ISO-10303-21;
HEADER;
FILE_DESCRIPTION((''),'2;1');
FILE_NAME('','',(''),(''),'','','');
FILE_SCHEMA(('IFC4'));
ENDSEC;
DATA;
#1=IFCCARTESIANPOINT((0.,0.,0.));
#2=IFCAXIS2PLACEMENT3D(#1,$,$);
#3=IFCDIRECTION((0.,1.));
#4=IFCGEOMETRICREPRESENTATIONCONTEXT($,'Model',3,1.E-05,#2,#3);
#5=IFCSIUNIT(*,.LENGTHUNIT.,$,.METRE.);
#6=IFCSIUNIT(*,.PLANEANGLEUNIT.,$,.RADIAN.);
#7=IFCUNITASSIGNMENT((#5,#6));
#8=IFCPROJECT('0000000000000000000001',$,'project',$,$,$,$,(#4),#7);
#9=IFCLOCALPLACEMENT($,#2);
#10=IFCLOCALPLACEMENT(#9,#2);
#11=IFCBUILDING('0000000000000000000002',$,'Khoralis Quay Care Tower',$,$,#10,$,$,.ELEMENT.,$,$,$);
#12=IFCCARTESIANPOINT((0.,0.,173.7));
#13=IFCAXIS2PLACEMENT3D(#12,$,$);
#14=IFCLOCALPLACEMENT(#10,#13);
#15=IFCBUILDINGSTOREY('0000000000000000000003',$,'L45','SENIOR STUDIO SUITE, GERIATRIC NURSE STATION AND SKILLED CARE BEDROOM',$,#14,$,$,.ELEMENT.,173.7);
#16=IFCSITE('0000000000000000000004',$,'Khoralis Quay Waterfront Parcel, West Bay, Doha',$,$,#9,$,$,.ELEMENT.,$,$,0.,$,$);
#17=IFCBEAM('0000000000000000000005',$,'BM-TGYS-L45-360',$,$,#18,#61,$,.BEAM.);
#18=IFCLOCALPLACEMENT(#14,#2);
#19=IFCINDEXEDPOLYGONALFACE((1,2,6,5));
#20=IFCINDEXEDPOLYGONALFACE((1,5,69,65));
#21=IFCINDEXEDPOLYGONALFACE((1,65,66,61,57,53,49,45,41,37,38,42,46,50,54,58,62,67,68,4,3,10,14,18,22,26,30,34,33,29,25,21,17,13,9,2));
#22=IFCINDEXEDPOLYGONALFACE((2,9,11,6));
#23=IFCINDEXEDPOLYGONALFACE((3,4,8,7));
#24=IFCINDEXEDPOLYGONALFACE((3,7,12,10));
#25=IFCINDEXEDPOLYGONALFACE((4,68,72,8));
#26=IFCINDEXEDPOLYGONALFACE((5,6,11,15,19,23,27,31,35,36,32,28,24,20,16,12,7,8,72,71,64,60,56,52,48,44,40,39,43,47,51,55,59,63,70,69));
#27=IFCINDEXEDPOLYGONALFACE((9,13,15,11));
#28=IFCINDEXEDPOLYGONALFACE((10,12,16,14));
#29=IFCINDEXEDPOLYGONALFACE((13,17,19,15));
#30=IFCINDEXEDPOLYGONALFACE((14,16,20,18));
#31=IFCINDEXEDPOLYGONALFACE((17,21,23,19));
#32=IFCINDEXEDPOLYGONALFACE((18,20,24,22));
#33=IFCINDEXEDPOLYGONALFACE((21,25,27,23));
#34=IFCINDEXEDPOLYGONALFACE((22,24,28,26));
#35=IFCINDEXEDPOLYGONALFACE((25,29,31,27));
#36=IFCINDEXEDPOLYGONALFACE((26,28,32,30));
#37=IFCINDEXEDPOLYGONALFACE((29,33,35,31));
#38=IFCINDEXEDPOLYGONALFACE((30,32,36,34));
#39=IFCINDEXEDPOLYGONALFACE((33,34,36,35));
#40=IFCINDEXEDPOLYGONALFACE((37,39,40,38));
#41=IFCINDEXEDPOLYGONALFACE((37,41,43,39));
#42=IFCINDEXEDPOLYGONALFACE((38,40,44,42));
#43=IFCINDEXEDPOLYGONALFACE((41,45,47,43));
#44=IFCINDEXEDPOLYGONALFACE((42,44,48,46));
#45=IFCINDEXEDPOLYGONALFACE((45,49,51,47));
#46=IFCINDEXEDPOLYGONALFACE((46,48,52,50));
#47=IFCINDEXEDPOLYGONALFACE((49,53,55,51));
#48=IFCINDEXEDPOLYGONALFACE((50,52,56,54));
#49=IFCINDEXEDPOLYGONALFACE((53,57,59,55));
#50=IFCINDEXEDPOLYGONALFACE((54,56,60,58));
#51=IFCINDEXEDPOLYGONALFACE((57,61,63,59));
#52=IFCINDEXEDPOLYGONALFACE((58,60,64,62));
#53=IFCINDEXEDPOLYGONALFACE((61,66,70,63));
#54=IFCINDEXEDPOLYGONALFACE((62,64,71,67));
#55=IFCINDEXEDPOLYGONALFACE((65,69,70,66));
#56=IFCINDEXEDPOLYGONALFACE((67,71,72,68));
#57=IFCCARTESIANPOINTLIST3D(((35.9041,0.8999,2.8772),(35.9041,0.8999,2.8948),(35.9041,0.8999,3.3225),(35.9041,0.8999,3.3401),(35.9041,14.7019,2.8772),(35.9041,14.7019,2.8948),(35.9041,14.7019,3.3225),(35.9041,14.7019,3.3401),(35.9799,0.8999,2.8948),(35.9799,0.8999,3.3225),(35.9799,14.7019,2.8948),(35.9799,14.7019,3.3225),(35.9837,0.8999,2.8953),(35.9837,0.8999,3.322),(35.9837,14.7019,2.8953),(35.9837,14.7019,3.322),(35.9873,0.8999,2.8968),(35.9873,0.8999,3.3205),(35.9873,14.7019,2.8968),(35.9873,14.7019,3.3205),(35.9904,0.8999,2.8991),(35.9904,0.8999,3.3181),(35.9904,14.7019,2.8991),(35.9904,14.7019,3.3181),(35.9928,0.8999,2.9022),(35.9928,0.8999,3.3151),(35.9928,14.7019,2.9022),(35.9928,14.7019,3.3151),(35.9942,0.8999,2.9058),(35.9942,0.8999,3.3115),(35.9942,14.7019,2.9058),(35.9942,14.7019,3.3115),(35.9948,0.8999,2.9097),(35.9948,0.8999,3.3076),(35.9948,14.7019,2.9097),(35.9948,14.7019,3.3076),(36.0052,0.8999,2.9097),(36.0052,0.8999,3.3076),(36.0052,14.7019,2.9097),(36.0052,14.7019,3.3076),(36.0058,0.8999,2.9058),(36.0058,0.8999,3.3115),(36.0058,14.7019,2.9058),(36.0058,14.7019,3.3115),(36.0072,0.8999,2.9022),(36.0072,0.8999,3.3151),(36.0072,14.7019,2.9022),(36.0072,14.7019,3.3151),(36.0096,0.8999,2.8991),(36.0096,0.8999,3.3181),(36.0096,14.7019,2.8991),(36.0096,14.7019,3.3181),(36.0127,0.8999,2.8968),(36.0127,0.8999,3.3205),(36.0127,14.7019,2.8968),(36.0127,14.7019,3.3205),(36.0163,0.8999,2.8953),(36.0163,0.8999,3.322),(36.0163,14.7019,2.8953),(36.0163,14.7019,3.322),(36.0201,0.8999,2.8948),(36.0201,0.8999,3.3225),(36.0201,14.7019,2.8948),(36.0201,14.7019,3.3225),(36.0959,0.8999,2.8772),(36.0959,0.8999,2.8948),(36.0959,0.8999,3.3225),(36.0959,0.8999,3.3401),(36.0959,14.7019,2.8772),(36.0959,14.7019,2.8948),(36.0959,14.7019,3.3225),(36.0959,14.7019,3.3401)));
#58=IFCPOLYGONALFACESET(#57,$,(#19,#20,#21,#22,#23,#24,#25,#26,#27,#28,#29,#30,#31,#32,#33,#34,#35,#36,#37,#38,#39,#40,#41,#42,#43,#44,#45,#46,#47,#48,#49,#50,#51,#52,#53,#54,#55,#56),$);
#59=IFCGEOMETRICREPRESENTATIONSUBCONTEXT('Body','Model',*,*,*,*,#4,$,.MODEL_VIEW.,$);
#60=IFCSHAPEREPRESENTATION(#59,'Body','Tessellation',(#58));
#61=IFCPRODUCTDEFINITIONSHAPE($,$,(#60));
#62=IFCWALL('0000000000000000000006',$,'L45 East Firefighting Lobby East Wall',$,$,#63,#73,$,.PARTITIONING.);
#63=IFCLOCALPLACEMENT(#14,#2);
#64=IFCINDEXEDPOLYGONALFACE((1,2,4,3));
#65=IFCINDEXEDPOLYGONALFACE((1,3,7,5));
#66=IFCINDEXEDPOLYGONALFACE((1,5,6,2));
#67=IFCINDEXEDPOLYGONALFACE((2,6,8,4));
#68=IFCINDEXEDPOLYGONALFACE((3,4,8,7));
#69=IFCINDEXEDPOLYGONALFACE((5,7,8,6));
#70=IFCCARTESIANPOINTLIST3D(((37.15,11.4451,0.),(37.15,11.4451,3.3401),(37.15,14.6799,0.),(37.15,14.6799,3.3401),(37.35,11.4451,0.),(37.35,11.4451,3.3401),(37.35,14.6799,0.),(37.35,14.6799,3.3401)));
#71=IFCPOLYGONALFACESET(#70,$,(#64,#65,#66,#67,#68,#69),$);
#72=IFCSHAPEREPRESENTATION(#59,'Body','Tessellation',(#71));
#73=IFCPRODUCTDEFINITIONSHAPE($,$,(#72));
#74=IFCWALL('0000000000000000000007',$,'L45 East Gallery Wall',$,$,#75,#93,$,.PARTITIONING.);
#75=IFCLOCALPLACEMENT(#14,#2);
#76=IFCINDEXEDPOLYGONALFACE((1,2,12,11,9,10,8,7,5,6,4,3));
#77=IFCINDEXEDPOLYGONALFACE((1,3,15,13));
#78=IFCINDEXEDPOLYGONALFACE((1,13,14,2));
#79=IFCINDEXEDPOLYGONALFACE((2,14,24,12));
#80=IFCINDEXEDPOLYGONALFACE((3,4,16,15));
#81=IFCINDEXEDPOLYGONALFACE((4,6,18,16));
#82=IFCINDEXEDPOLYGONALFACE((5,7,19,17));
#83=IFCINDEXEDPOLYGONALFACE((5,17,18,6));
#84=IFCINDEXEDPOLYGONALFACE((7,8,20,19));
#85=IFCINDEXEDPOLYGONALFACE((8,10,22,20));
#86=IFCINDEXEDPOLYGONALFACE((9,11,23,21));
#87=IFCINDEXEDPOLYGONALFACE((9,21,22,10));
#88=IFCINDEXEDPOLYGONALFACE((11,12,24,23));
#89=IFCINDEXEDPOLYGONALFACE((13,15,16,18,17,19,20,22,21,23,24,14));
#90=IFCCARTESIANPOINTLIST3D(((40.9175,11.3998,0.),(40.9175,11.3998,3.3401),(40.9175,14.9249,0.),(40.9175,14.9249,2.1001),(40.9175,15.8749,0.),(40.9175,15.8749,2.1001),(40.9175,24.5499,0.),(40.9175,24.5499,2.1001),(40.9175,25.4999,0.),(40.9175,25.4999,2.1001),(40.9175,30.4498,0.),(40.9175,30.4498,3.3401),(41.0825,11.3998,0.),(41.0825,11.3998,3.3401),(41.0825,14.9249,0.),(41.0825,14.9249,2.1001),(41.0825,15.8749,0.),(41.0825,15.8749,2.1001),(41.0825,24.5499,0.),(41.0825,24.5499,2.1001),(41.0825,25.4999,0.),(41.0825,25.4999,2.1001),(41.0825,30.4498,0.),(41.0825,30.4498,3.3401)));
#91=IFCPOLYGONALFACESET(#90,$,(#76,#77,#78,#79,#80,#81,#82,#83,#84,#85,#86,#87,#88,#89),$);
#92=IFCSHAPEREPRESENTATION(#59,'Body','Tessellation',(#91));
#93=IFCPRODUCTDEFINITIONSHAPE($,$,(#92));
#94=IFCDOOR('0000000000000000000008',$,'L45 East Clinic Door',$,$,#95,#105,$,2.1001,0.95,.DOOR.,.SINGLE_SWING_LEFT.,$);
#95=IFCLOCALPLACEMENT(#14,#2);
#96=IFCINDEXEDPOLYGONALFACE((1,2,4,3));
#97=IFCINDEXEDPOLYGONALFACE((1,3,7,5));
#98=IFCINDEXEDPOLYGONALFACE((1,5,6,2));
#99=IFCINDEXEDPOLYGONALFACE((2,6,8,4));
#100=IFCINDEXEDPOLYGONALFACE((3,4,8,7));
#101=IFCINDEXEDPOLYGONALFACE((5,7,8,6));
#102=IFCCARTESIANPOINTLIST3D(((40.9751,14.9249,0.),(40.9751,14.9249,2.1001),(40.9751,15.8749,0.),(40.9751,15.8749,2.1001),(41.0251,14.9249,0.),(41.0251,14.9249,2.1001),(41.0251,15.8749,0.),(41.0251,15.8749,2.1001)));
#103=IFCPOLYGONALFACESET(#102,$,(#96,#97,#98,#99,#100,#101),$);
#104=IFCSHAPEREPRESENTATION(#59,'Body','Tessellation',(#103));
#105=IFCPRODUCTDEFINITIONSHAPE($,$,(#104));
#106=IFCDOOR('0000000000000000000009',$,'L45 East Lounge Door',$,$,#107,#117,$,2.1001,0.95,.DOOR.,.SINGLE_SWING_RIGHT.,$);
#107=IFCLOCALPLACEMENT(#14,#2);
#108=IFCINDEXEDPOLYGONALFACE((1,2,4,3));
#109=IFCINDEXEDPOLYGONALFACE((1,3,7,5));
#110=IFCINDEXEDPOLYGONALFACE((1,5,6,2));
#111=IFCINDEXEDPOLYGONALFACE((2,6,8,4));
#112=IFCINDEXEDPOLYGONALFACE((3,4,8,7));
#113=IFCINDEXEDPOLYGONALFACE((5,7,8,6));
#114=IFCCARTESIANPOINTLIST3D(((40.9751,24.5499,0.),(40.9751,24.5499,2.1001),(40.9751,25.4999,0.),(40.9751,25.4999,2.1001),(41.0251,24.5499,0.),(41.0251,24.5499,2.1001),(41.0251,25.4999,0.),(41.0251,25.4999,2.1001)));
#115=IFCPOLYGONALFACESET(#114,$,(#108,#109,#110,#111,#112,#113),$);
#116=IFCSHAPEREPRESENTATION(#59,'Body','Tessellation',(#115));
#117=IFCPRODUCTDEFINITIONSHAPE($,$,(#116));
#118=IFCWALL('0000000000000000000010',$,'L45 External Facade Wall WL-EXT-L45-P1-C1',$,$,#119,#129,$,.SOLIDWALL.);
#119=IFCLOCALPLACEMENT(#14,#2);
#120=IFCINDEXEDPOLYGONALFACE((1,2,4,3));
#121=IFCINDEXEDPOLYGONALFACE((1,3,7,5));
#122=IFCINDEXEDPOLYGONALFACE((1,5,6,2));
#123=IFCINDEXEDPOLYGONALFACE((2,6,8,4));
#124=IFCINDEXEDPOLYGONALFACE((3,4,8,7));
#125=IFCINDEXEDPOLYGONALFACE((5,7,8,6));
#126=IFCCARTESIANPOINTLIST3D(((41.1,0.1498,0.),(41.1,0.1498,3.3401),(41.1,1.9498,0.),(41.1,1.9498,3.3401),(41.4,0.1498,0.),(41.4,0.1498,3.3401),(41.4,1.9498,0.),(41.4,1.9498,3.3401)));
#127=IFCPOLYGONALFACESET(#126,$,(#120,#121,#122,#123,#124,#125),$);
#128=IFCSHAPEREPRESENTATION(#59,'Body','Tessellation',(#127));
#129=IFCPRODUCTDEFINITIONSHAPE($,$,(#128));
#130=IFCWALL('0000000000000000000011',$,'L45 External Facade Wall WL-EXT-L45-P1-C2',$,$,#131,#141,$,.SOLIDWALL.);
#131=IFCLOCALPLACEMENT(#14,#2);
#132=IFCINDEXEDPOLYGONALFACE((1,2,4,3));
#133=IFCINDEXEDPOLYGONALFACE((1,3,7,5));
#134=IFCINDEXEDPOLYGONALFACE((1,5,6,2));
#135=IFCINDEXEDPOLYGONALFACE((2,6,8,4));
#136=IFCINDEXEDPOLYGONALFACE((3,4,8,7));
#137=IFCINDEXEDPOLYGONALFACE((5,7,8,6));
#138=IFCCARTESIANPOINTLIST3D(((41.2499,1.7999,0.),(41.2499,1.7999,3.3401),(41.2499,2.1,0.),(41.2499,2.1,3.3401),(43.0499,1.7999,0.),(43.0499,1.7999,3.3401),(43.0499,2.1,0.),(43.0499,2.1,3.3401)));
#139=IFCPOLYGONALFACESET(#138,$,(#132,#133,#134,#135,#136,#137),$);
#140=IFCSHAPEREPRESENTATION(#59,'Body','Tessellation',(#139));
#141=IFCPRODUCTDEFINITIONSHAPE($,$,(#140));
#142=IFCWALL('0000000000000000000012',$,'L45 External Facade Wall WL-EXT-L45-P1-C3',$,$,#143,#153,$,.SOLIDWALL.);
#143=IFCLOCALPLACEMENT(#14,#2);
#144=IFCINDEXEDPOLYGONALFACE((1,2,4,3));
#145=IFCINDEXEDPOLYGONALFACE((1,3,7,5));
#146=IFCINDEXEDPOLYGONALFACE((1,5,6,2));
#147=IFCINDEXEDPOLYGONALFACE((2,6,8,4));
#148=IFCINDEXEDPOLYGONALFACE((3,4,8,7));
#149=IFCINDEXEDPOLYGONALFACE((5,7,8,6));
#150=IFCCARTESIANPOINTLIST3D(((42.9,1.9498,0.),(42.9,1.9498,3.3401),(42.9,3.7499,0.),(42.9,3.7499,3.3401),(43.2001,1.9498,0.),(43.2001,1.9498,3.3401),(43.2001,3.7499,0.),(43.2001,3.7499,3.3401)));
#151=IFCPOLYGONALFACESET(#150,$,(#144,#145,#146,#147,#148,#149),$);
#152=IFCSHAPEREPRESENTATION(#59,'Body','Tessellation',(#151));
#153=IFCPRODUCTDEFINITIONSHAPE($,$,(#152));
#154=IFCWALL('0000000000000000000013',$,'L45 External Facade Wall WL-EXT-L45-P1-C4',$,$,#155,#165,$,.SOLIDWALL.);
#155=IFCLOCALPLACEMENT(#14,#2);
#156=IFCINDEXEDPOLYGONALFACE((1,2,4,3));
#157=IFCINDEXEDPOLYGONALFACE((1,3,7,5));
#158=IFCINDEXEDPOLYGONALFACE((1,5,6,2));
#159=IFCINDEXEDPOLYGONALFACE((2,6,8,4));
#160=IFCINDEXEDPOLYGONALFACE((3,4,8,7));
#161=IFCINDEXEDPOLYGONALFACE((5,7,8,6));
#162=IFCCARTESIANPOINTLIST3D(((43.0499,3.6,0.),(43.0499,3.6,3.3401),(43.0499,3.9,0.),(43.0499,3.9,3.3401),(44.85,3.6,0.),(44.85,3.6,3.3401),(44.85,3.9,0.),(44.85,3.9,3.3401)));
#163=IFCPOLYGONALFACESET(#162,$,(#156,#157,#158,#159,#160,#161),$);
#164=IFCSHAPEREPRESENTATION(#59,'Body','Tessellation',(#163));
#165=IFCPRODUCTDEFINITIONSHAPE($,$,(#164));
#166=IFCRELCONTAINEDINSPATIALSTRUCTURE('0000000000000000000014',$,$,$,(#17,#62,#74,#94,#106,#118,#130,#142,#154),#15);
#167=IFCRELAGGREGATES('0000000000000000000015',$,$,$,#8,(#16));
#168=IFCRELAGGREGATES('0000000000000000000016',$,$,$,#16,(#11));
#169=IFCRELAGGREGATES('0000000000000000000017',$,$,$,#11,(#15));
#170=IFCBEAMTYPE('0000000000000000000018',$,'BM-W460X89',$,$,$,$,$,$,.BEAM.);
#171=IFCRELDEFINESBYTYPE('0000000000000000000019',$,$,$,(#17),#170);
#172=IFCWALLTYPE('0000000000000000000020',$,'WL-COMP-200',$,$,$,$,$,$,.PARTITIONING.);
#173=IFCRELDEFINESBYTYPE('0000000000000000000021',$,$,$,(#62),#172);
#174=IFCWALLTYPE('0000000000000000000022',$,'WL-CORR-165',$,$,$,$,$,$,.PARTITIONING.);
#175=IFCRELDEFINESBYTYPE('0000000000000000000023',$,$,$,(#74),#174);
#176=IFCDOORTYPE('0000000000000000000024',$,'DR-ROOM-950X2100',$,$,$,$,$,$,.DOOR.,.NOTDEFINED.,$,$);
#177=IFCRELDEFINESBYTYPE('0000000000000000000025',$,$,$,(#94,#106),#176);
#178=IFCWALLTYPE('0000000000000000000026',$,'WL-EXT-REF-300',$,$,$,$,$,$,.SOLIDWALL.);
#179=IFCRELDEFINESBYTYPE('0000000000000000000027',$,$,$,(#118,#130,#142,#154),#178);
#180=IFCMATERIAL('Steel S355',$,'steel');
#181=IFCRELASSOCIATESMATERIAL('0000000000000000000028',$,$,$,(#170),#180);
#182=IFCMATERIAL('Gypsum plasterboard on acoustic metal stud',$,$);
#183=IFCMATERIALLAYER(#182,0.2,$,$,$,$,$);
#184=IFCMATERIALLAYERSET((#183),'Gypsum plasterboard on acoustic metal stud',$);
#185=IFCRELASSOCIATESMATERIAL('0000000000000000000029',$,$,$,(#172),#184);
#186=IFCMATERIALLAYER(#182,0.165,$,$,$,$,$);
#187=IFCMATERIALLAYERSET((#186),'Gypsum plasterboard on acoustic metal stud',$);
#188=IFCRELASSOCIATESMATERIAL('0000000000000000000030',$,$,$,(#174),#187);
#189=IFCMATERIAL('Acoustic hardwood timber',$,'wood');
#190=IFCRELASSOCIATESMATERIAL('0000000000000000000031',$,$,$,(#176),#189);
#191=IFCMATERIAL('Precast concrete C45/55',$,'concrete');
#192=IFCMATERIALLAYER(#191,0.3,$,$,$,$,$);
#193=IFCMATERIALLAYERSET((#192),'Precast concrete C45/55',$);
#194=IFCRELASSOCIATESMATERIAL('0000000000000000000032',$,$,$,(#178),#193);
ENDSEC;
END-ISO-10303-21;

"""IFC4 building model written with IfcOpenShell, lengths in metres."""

from ifc_helpers import new_model, si_unit, direction, frame, frame_2d, origin, origin_2d, place, context, subcontext, project, spatial, rectangle, i_section, extrude, source, transform, mapped, material, layer, layer_set, material_profile, profile_set, type_object, element, fill, save


model = new_model("IFC4")

# Units and contexts
model_context = context("Model", 3, precision=1e-05, world=origin(), true_north=direction((0.0, 1.0)))
body_context = subcontext(model_context, "Body", "Model", "MODEL_VIEW")
ifc_project = project(units=[si_unit("LENGTHUNIT", "METRE"), si_unit("PLANEANGLEUNIT", "RADIAN")], contexts=[model_context])

# Site, building, storey
site_placement = place(None, origin())
site = spatial("IfcSite", under=ifc_project, at=site_placement, Name="Khoralis Quay Waterfront Parcel, West Bay, Doha", CompositionType="ELEMENT", RefElevation=0.0)
building_placement = place(site_placement, origin())
building = spatial("IfcBuilding", under=site, at=building_placement, Name="Khoralis Quay Care Tower", CompositionType="ELEMENT")
storey_placement = place(building_placement, frame((0.0, 0.0, 173.7)))
storey = spatial("IfcBuildingStorey", under=building, at=storey_placement, Name="L45", Description="SENIOR STUDIO SUITE, GERIATRIC NURSE STATION AND SKILLED CARE BEDROOM", CompositionType="ELEMENT", Elevation=173.7)

# Beam
ifc_material_1 = material(Name="Steel S355", Category="steel")
ifc_material_profile_1 = material_profile(ifc_material_1, i_section(OverallWidth=0.1919, OverallDepth=0.4629, WebThickness=0.0105, FlangeThickness=0.0176, FilletRadius=0.0149, at=origin_2d()), Name="Steel S355")
ifc_profile_set_1 = profile_set([ifc_material_profile_1], Name="Steel S355")
beam_type_1 = type_object("IfcBeamType", Name="BM-W460X89", PredefinedType="BEAM", material=ifc_profile_set_1)
shared_shape_1 = source(origin(), body_context, "Body", "SweptSolid", [
    extrude(i_section(OverallWidth=0.1919, OverallDepth=0.4629, WebThickness=0.0105, FlangeThickness=0.0176, FilletRadius=0.0149, at=origin_2d()), origin(), (0.0, 0.0, 1.0), 13.802),
])
beam_1_placement = place(storey_placement, frame((36.0, 0.8999, 3.1086), z_axis=(0.0, 1.0, 0.0), x_axis=(-1.0, 0.0, 0.0)))
element("IfcBeam", 1, at=beam_1_placement, inside=storey, type_object=beam_type_1, Name="BM-TGYS-L45-360", PredefinedType="BEAM", context=body_context, shape_type="MappedRepresentation", body=[
    mapped(shared_shape_1, transform((0.0, 0.0, 0.0), scale=1.0)),
])

# Wall
ifc_material_2 = material(Name="Gypsum plasterboard on acoustic metal stud")
ifc_layer_1 = layer(ifc_material_2, 0.2)
ifc_layer_set_1 = layer_set([ifc_layer_1], Name="Gypsum plasterboard on acoustic metal stud")
wall_type_1 = type_object("IfcWallType", Name="WL-COMP-200", PredefinedType="PARTITIONING", material=ifc_layer_set_1)
wall_1_placement = place(storey_placement, frame((37.25, 11.4451, 0.0), z_axis=(0.0, 0.0, 1.0), x_axis=(0.0, 1.0, 0.0)))
element("IfcWall", 2, at=wall_1_placement, inside=storey, type_object=wall_type_1, Name="L45 East Firefighting Lobby East Wall", PredefinedType="PARTITIONING", context=body_context, shape_type="SweptSolid", body=[
    extrude(rectangle(XDim=3.2349, YDim=0.2, at=frame_2d((1.6174, 0.0))), origin(), (0.0, 0.0, 1.0), 3.3401),
])

# Wall, openings, doors
ifc_layer_2 = layer(ifc_material_2, 0.165)
ifc_layer_set_2 = layer_set([ifc_layer_2], Name="Gypsum plasterboard on acoustic metal stud")
wall_type_2 = type_object("IfcWallType", Name="WL-CORR-165", PredefinedType="PARTITIONING", material=ifc_layer_set_2)
wall_2_placement = place(storey_placement, frame((41.0, 11.3999, 0.0), z_axis=(0.0, 0.0, 1.0), x_axis=(0.0, 1.0, 0.0)))
wall_2 = element("IfcWall", 3, at=wall_2_placement, inside=storey, type_object=wall_type_2, Name="L45 East Gallery Wall", PredefinedType="PARTITIONING", context=body_context, shape_type="SweptSolid", body=[
    extrude(rectangle(XDim=19.05, YDim=0.165, at=frame_2d((9.5249, 0.0))), origin(), (0.0, 0.0, 1.0), 3.3401),
])
opening_1_placement = place(wall_2_placement, frame((3.5249, 0.0, 0.0)))
opening_1 = element("IfcOpeningElement", 4, at=opening_1_placement, cuts=wall_2, PredefinedType="OPENING", context=body_context, shape_type="SweptSolid", body=[
    extrude(rectangle(XDim=0.95, YDim=2.1001, at=frame_2d((0.4751, 1.05))), frame((0.0, 0.0925, 0.0), z_axis=(0.0, -1.0, 0.0), x_axis=(1.0, 0.0, 0.0)), (0.0, 0.0, 1.0), 0.1851),
])
opening_2_placement = place(wall_2_placement, frame((13.1499, 0.0, 0.0)))
opening_2 = element("IfcOpeningElement", 5, at=opening_2_placement, cuts=wall_2, PredefinedType="OPENING", context=body_context, shape_type="SweptSolid", body=[
    extrude(rectangle(XDim=0.95, YDim=2.1001, at=frame_2d((0.4751, 1.05))), frame((0.0, 0.0925, 0.0), z_axis=(0.0, -1.0, 0.0), x_axis=(1.0, 0.0, 0.0)), (0.0, 0.0, 1.0), 0.1851),
])
ifc_material_3 = material(Name="Acoustic hardwood timber", Category="wood")
door_type = type_object("IfcDoorType", Name="DR-ROOM-950X2100", OperationType="NOTDEFINED", PredefinedType="DOOR", material=ifc_material_3)
shared_shape_2 = source(origin(), body_context, "Body", "SweptSolid", [
    extrude(rectangle(XDim=0.95, YDim=2.1001, at=frame_2d((0.4751, 1.05))), frame((0.0, 0.0249, 0.0), z_axis=(0.0, -1.0, 0.0), x_axis=(1.0, 0.0, 0.0)), (0.0, 0.0, 1.0), 0.05),
])
door_1_placement = place(opening_1_placement, origin())
door_1 = element("IfcDoor", 6, at=door_1_placement, inside=storey, type_object=door_type, Name="L45 East Clinic Door", OperationType="SINGLE_SWING_LEFT", OverallHeight=2.1001, OverallWidth=0.95, PredefinedType="DOOR", context=body_context, shape_type="MappedRepresentation", body=[
    mapped(shared_shape_2, transform((0.0, 0.0, 0.0), scale=1.0)),
])
fill(opening_1, door_1)
door_2_placement = place(opening_2_placement, origin())
door_2 = element("IfcDoor", 7, at=door_2_placement, inside=storey, type_object=door_type, Name="L45 East Lounge Door", OperationType="SINGLE_SWING_RIGHT", OverallHeight=2.1001, OverallWidth=0.95, PredefinedType="DOOR", context=body_context, shape_type="MappedRepresentation", body=[
    mapped(shared_shape_2, transform((0.0, 0.0, 0.0), scale=1.0)),
])
fill(opening_2, door_2)

# Walls
ifc_material_4 = material(Name="Precast concrete C45/55", Category="concrete")
ifc_layer_3 = layer(ifc_material_4, 0.3)
ifc_layer_set_3 = layer_set([ifc_layer_3], Name="Precast concrete C45/55")
wall_type_3 = type_object("IfcWallType", Name="WL-EXT-REF-300", PredefinedType="SOLIDWALL", material=ifc_layer_set_3)
for number, where, z_axis, x_axis, name in (
    (8, (41.25, 0.1499, 0.0), (0.0, 0.0, 1.0), (0.0, 1.0, 0.0), "L45 External Facade Wall WL-EXT-L45-P1-C1"),
    (9, (41.25, 1.95, 0.0), (0.0, 0.0, 1.0), (1.0, 0.0, 0.0), "L45 External Facade Wall WL-EXT-L45-P1-C2"),
    (10, (43.05, 1.95, 0.0), (0.0, 0.0, 1.0), (0.0, 1.0, 0.0), "L45 External Facade Wall WL-EXT-L45-P1-C3"),
    (11, (43.05, 3.75, 0.0), (0.0, 0.0, 1.0), (1.0, 0.0, 0.0), "L45 External Facade Wall WL-EXT-L45-P1-C4"),
):
    element("IfcWall", number, at=place(storey_placement, frame(where, z_axis=z_axis, x_axis=x_axis)), inside=storey, type_object=wall_type_3, Name=name, PredefinedType="SOLIDWALL", context=body_context, shape_type="SweptSolid", body=[
        extrude(rectangle(XDim=1.8, YDim=0.3, at=frame_2d((0.8999, 0.0))), origin(), (0.0, 0.0, 1.0), 3.3401),
    ])

save(model, "model.ifc")
